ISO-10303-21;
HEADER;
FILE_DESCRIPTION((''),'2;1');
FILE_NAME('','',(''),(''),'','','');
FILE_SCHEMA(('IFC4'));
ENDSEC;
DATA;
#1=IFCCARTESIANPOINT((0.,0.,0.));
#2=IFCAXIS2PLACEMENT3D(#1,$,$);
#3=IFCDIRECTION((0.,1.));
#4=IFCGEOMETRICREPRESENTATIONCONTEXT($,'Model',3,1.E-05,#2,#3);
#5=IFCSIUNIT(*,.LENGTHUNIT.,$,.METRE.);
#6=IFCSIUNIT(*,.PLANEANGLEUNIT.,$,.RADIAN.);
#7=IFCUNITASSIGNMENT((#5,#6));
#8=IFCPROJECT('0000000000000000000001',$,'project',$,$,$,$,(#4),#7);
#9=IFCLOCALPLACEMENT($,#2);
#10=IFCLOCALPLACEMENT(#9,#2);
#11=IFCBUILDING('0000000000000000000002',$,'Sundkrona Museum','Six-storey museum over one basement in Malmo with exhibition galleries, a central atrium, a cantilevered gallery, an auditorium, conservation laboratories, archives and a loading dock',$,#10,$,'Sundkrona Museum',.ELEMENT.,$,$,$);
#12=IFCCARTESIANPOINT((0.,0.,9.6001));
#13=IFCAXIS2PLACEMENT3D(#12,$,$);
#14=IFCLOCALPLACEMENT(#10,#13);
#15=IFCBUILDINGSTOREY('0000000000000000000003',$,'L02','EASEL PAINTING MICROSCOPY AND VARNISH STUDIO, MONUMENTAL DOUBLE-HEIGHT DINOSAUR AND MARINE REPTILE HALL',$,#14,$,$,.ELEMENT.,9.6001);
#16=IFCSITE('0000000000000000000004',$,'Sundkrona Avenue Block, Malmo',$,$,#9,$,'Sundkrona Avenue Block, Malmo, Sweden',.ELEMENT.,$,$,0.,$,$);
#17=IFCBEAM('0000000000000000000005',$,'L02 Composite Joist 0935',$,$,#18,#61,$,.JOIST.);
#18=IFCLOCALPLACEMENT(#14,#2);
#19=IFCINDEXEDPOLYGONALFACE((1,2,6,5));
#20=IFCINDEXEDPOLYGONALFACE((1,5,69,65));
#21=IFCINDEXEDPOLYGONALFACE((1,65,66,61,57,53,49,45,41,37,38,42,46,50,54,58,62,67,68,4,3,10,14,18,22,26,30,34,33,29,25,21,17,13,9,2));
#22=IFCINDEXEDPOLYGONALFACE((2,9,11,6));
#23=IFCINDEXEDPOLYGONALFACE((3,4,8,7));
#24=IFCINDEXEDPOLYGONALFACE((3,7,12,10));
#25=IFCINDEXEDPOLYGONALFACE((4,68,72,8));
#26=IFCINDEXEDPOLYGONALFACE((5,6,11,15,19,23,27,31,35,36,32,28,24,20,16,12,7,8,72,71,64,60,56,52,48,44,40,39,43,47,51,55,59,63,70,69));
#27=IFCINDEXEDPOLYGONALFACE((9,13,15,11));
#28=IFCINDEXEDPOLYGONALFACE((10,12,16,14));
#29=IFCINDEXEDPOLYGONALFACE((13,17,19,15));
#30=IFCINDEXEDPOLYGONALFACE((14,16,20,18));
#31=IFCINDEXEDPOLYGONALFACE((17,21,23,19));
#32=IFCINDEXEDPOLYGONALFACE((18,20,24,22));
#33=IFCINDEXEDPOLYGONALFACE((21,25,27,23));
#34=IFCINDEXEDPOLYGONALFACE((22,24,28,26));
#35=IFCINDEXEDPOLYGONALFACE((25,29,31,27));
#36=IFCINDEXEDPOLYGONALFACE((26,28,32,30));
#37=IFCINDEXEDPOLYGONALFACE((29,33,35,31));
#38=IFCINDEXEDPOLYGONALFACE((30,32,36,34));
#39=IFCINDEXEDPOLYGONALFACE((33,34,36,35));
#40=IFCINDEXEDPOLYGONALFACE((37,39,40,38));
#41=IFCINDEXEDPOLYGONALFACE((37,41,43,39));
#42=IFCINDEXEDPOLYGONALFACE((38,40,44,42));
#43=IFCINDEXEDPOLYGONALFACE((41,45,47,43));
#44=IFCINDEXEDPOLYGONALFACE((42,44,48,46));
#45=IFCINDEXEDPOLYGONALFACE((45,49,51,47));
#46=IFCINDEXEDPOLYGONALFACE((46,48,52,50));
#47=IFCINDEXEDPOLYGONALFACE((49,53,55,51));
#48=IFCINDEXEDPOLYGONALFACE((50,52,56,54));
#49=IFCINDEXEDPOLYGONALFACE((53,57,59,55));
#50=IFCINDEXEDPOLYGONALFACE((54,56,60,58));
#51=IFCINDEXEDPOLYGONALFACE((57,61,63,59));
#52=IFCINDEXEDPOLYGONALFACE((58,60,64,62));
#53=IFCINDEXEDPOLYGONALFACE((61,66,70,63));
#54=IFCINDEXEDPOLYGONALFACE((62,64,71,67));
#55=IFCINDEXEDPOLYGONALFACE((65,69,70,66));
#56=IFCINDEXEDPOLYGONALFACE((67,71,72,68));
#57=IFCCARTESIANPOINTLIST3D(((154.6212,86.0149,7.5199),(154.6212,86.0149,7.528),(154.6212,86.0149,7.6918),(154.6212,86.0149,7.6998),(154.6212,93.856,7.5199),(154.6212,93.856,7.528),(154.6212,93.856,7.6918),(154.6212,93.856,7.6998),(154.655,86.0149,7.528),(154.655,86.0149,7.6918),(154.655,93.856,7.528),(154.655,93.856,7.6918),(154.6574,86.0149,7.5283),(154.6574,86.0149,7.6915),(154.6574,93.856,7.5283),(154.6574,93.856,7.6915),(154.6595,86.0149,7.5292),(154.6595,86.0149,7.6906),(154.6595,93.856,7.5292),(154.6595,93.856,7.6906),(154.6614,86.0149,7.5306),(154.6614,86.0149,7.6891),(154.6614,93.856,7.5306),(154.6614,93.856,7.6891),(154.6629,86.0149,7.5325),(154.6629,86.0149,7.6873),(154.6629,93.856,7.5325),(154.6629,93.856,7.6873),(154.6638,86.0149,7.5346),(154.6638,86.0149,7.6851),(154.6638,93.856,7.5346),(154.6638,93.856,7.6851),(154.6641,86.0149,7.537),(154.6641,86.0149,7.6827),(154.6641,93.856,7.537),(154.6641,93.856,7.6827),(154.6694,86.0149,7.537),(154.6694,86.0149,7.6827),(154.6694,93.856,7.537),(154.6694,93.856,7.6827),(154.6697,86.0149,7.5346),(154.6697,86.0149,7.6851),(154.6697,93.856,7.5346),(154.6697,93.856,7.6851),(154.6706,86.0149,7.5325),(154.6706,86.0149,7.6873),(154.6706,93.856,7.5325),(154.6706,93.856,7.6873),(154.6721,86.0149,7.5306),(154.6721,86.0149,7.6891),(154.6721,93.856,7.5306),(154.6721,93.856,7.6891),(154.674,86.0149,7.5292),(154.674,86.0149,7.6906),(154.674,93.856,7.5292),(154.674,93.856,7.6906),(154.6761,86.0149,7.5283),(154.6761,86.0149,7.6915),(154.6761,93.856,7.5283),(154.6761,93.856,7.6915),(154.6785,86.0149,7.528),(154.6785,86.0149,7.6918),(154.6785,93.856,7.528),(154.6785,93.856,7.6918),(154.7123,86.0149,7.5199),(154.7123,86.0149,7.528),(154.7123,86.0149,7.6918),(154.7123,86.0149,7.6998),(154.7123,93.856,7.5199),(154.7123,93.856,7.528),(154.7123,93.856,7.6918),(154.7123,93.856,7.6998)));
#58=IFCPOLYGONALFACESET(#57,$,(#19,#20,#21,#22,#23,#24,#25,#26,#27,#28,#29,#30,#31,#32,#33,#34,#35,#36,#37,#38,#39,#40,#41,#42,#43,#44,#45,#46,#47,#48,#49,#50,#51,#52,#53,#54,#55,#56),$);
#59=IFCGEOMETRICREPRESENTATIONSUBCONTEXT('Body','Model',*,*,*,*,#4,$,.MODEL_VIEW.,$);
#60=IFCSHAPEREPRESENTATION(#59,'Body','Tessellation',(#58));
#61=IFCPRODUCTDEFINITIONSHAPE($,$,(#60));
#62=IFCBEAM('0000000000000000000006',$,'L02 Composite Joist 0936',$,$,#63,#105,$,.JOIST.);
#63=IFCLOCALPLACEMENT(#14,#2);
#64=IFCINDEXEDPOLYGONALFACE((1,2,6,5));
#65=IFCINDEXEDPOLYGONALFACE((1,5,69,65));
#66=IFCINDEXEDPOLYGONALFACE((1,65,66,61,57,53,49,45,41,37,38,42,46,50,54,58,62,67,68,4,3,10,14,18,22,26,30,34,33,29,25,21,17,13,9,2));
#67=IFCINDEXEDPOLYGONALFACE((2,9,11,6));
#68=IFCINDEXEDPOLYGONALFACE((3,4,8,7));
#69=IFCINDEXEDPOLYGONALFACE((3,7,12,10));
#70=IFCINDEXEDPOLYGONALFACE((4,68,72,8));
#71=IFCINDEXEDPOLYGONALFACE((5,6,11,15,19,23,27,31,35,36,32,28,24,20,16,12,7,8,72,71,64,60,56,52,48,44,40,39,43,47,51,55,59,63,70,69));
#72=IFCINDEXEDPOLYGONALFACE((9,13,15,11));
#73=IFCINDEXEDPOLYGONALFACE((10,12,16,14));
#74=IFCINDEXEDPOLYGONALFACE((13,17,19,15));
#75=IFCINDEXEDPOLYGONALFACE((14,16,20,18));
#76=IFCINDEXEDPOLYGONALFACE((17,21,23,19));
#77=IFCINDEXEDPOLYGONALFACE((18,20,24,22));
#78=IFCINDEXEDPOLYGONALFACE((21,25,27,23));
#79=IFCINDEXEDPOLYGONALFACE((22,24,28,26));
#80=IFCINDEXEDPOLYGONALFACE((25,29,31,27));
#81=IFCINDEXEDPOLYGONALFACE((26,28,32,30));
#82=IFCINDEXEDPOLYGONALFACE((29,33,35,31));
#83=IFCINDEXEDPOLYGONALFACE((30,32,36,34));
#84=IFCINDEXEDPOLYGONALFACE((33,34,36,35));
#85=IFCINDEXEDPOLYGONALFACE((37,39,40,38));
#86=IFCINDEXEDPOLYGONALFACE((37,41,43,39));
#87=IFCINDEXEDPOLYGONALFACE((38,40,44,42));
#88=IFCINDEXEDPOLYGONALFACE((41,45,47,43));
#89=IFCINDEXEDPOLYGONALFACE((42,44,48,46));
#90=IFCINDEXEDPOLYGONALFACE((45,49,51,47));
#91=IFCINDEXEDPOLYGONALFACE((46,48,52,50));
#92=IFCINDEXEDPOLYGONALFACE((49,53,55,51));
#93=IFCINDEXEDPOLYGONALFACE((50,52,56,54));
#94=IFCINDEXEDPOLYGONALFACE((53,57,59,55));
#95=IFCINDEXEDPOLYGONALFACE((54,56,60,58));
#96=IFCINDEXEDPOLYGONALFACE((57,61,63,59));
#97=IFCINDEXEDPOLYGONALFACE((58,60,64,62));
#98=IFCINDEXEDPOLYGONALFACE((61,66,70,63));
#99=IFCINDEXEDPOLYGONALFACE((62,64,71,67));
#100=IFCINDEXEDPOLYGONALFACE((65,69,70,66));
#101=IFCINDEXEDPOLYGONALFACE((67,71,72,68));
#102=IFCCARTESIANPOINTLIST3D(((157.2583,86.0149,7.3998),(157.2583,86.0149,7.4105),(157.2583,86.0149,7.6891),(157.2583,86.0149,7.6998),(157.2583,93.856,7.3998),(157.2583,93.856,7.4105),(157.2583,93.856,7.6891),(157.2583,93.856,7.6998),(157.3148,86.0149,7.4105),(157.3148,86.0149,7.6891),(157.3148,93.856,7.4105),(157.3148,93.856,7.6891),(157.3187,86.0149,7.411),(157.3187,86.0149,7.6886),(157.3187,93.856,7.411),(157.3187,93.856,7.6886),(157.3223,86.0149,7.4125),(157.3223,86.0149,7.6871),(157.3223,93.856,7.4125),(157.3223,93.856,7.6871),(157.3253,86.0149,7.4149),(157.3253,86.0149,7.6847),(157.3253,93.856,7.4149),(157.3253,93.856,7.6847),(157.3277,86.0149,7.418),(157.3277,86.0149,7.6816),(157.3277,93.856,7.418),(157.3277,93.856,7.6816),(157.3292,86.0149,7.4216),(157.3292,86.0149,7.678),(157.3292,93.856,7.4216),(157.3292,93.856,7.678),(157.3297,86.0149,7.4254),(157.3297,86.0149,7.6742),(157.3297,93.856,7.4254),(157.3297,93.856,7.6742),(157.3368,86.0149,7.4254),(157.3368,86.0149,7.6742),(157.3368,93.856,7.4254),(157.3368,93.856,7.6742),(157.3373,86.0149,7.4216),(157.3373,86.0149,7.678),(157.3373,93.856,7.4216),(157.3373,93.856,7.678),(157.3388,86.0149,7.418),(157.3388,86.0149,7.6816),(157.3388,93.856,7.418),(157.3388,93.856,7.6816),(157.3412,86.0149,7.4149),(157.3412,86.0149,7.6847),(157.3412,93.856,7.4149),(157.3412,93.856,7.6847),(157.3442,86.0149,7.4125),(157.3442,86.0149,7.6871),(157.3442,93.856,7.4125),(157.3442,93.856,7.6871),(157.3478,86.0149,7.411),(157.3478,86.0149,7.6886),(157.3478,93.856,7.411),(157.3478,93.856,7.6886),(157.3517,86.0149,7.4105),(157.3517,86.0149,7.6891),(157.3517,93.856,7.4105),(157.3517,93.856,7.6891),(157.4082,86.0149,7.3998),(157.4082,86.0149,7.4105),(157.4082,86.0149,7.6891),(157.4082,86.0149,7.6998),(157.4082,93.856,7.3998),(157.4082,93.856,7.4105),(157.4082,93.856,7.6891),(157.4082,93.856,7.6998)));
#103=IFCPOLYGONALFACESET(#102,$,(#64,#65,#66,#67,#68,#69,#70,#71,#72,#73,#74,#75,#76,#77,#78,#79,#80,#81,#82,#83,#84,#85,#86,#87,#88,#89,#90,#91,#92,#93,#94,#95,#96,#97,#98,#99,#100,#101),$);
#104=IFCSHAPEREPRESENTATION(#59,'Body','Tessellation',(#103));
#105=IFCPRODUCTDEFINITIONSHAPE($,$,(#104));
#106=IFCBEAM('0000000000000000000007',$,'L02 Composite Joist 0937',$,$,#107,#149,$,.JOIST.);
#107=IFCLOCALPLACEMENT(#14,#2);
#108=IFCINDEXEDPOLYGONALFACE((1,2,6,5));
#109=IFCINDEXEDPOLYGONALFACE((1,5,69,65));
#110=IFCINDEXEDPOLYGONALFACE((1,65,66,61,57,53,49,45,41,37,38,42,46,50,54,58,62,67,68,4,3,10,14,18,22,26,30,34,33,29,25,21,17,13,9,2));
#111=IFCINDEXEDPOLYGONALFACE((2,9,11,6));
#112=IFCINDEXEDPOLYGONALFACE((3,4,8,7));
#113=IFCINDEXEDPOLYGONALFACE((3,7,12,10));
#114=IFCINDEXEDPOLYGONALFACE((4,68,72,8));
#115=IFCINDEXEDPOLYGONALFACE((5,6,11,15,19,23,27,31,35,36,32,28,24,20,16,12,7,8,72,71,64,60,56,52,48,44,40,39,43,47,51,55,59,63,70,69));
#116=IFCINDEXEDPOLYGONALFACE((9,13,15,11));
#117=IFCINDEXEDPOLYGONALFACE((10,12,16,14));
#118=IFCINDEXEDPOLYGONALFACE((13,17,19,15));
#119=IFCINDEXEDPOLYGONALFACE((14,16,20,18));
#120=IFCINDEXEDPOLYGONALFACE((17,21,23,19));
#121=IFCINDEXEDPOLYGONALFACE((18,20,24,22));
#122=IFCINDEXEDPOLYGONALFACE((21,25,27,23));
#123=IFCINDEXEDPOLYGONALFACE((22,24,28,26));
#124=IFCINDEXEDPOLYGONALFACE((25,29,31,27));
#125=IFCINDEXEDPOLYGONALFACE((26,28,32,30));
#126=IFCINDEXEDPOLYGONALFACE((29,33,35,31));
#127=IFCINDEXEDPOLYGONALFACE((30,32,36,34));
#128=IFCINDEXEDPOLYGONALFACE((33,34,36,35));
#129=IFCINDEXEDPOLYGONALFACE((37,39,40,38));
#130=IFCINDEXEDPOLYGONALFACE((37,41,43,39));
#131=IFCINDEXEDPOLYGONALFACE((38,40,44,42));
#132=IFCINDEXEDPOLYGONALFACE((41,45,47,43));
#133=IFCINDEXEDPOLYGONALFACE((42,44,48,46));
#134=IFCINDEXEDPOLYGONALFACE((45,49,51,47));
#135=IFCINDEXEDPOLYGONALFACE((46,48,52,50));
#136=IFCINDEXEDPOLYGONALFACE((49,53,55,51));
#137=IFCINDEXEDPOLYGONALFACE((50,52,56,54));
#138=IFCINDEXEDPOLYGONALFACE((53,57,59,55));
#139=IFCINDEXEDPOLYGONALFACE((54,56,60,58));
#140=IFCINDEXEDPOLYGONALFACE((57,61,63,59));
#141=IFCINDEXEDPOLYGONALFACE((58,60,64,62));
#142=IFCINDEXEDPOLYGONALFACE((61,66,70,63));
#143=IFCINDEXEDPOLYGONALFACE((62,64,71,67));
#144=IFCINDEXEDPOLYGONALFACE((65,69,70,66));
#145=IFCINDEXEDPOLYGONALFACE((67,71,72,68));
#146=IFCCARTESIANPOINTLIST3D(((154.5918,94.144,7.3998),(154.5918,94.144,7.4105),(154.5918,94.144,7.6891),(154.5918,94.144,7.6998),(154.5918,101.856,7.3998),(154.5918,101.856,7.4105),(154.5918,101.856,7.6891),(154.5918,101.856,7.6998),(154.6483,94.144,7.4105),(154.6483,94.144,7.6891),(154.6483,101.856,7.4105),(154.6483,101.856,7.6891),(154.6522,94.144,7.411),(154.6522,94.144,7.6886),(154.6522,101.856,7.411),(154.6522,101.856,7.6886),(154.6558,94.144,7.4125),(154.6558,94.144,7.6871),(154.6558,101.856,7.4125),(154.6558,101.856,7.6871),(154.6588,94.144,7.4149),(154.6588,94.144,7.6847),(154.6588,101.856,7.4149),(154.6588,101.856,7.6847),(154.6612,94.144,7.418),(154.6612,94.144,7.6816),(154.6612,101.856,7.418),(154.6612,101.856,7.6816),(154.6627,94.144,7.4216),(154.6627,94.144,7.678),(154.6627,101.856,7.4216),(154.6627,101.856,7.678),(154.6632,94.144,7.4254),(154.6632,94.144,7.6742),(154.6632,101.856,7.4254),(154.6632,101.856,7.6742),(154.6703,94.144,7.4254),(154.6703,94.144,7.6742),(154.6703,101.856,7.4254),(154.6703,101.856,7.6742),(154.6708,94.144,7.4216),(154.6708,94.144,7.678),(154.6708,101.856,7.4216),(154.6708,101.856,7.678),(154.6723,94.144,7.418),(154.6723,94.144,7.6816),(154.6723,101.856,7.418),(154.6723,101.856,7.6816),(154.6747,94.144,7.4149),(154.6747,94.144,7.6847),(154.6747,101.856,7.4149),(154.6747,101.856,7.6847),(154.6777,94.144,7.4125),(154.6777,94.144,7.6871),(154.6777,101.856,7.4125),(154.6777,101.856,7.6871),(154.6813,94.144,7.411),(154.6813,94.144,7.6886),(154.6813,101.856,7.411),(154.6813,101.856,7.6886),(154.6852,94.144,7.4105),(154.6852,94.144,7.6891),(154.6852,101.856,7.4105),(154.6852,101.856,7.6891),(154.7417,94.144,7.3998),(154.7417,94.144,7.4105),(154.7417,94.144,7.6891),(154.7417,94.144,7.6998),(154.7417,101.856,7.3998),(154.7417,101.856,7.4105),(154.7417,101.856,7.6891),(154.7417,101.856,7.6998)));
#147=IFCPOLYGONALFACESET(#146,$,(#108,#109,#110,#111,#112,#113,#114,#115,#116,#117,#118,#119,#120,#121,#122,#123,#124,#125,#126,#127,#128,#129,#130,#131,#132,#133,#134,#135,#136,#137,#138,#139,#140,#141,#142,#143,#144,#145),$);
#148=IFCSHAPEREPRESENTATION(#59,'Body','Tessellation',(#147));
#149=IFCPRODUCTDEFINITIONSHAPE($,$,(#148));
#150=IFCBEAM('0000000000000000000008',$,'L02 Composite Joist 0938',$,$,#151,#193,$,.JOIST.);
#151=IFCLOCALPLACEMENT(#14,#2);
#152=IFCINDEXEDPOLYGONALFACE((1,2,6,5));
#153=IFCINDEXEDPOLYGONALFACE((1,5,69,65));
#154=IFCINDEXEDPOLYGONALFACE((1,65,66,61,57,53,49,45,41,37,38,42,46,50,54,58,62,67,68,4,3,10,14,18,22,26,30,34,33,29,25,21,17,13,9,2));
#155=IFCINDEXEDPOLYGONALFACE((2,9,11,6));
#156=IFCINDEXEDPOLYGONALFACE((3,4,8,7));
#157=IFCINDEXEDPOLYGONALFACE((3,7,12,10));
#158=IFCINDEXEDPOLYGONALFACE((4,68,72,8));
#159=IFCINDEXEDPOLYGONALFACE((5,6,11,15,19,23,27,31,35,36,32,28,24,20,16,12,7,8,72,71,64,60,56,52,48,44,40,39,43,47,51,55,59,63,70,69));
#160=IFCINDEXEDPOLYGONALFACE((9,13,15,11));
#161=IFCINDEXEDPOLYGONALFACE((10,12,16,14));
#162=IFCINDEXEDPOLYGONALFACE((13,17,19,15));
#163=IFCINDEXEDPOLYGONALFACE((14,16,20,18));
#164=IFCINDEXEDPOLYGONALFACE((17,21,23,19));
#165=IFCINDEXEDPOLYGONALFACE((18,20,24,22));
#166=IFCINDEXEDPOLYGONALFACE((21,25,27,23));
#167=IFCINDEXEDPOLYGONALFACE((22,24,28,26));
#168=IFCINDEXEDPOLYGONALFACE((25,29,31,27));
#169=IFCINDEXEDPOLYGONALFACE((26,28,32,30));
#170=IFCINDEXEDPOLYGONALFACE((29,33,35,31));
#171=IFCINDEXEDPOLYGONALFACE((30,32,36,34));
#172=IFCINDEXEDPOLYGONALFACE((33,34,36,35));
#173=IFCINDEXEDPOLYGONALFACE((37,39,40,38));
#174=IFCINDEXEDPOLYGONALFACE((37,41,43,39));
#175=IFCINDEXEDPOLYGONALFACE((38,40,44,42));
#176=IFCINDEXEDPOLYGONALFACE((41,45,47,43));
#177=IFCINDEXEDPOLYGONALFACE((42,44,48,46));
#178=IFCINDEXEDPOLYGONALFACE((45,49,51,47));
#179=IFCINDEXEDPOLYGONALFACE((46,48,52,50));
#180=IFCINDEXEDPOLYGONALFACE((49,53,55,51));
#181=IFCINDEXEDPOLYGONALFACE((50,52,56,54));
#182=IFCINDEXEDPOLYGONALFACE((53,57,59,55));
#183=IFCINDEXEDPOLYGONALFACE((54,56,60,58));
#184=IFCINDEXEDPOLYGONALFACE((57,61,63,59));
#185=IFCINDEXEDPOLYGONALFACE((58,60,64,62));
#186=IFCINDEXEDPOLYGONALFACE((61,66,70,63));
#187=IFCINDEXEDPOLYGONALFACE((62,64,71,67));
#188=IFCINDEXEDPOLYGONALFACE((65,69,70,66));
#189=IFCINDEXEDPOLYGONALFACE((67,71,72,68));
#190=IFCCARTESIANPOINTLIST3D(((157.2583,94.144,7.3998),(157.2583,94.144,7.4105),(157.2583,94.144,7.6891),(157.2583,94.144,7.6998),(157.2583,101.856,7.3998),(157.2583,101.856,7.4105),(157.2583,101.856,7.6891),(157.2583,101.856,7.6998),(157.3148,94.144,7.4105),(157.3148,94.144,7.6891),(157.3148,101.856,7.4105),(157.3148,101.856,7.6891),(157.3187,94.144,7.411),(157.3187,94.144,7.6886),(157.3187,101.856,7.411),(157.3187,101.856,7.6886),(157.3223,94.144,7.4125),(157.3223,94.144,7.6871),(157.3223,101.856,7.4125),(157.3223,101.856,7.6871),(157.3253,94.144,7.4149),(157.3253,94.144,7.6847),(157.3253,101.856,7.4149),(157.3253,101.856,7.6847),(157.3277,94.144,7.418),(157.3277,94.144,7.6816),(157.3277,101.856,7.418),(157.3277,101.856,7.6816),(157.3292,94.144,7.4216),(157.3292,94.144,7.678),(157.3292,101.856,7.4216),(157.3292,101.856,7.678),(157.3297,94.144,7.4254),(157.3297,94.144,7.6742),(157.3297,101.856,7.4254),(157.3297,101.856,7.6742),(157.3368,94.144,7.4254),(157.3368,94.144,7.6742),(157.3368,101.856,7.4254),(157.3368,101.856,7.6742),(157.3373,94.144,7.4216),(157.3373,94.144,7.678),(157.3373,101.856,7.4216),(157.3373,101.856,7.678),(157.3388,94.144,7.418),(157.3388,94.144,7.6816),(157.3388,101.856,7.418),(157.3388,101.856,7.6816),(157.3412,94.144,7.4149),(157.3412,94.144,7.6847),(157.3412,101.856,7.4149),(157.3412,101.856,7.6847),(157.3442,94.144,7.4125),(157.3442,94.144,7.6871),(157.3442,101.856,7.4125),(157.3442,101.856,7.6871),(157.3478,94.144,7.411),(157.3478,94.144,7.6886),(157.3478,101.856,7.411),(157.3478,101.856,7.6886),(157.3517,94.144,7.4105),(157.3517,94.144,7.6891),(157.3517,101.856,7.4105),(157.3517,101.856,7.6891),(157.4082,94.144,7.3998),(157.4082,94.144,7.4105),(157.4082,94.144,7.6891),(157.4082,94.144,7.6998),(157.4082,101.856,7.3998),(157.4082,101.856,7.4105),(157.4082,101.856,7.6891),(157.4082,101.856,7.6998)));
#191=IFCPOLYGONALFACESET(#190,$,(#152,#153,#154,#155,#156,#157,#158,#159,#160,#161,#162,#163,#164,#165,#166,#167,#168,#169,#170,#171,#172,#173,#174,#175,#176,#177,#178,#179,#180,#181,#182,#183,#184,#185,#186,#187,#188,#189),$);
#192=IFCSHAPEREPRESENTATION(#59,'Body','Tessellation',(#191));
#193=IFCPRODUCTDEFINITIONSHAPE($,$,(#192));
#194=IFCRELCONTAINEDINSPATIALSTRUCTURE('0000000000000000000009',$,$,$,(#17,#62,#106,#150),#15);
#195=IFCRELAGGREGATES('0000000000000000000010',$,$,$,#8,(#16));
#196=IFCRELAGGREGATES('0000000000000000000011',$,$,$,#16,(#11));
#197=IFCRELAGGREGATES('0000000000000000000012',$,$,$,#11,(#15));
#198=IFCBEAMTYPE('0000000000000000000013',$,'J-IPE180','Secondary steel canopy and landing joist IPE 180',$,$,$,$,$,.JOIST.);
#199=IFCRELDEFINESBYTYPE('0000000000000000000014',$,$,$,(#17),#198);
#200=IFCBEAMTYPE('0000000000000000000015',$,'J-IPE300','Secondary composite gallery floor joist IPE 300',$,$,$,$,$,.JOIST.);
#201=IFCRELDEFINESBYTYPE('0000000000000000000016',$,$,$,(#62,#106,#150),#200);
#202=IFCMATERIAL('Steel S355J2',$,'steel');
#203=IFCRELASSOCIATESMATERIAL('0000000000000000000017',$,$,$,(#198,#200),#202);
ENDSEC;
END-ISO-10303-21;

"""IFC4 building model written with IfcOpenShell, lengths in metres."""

from ifc_helpers import new_model, si_unit, direction, frame, origin, origin_2d, place, context, subcontext, project, spatial, i_section, extrude, material, material_profile, profile_set, type_object, element, save


model = new_model("IFC4")

# Units and contexts
model_context = context("Model", 3, precision=1e-05, world=origin(), true_north=direction((0.0, 1.0)))
body_context = subcontext(model_context, "Body", "Model", "MODEL_VIEW")
ifc_project = project(units=[si_unit("LENGTHUNIT", "METRE"), si_unit("PLANEANGLEUNIT", "RADIAN")], contexts=[model_context])

# Site, building, storey
site_placement = place(None, origin())
site = spatial("IfcSite", under=ifc_project, at=site_placement, Name="Sundkrona Avenue Block, Malmo", LongName="Sundkrona Avenue Block, Malmo, Sweden", CompositionType="ELEMENT", RefElevation=0.0)
building_placement = place(site_placement, origin())
building = spatial("IfcBuilding", under=site, at=building_placement, Name="Sundkrona Museum", Description="Six-storey museum over one basement in Malmo with exhibition galleries, a central atrium, a cantilevered gallery, an auditorium, conservation laboratories, archives and a loading dock", LongName="Sundkrona Museum", CompositionType="ELEMENT")
storey_placement = place(building_placement, frame((0.0, 0.0, 9.6001)))
storey = spatial("IfcBuildingStorey", under=building, at=storey_placement, Name="L02", Description="EASEL PAINTING MICROSCOPY AND VARNISH STUDIO, MONUMENTAL DOUBLE-HEIGHT DINOSAUR AND MARINE REPTILE HALL", CompositionType="ELEMENT", Elevation=9.6001)

# Shared definitions
ifc_material_1 = material(Name="Steel S355J2", Category="steel")

# Beams
ifc_material_profile_1 = material_profile(ifc_material_1, i_section(OverallWidth=0.0911, OverallDepth=0.1799, WebThickness=0.0054, FlangeThickness=0.0081, FilletRadius=0.009, at=origin_2d()), Name="IPE 180")
ifc_profile_set_1 = profile_set([ifc_material_profile_1], Name="Steel S355J2")
beam_type_1 = type_object("IfcBeamType", Name="J-IPE180", Description="Secondary steel canopy and landing joist IPE 180", PredefinedType="JOIST", material=ifc_profile_set_1)
beam_1_placement = place(storey_placement, frame((154.6667, 86.0149, 7.6099), z_axis=(0.0, 1.0, 0.0), x_axis=(-1.0, 0.0, 0.0)))
element("IfcBeam", 1, at=beam_1_placement, inside=storey, type_object=beam_type_1, Name="L02 Composite Joist 0935", PredefinedType="JOIST", context=body_context, shape_type="SweptSolid", body=[
    extrude(i_section(OverallWidth=0.0911, OverallDepth=0.1799, WebThickness=0.0054, FlangeThickness=0.0081, FilletRadius=0.009, at=origin_2d()), origin(), (0.0, 0.0, 1.0), 7.8411),
])
ifc_material_profile_2 = material_profile(ifc_material_1, i_section(OverallWidth=0.1499, OverallDepth=0.3, WebThickness=0.0071, FlangeThickness=0.0107, FilletRadius=0.0149, at=origin_2d()), Name="IPE 300")
ifc_profile_set_2 = profile_set([ifc_material_profile_2], Name="Steel S355J2")
beam_type_2 = type_object("IfcBeamType", Name="J-IPE300", Description="Secondary composite gallery floor joist IPE 300", PredefinedType="JOIST", material=ifc_profile_set_2)
beam_2_placement = place(storey_placement, frame((157.3333, 86.0149, 7.5498), z_axis=(0.0, 1.0, 0.0), x_axis=(-1.0, 0.0, 0.0)))
element("IfcBeam", 2, at=beam_2_placement, inside=storey, type_object=beam_type_2, Name="L02 Composite Joist 0936", PredefinedType="JOIST", context=body_context, shape_type="SweptSolid", body=[
    extrude(i_section(OverallWidth=0.1499, OverallDepth=0.3, WebThickness=0.0071, FlangeThickness=0.0107, FilletRadius=0.0149, at=origin_2d()), origin(), (0.0, 0.0, 1.0), 7.8411),
])
for number, where, z_axis, x_axis, name in (
    (3, (154.6667, 94.144, 7.5498), (0.0, 1.0, 0.0), (-1.0, 0.0, 0.0), "L02 Composite Joist 0937"),
    (4, (157.3333, 94.144, 7.5498), (0.0, 1.0, 0.0), (-1.0, 0.0, 0.0), "L02 Composite Joist 0938"),
):
    element("IfcBeam", number, at=place(storey_placement, frame(where, z_axis=z_axis, x_axis=x_axis)), inside=storey, type_object=beam_type_2, Name=name, PredefinedType="JOIST", context=body_context, shape_type="SweptSolid", body=[
        extrude(i_section(OverallWidth=0.1499, OverallDepth=0.3, WebThickness=0.0071, FlangeThickness=0.0107, FilletRadius=0.0149, at=origin_2d()), origin(), (0.0, 0.0, 1.0), 7.7119),
    ])

save(model, "model.ifc")
